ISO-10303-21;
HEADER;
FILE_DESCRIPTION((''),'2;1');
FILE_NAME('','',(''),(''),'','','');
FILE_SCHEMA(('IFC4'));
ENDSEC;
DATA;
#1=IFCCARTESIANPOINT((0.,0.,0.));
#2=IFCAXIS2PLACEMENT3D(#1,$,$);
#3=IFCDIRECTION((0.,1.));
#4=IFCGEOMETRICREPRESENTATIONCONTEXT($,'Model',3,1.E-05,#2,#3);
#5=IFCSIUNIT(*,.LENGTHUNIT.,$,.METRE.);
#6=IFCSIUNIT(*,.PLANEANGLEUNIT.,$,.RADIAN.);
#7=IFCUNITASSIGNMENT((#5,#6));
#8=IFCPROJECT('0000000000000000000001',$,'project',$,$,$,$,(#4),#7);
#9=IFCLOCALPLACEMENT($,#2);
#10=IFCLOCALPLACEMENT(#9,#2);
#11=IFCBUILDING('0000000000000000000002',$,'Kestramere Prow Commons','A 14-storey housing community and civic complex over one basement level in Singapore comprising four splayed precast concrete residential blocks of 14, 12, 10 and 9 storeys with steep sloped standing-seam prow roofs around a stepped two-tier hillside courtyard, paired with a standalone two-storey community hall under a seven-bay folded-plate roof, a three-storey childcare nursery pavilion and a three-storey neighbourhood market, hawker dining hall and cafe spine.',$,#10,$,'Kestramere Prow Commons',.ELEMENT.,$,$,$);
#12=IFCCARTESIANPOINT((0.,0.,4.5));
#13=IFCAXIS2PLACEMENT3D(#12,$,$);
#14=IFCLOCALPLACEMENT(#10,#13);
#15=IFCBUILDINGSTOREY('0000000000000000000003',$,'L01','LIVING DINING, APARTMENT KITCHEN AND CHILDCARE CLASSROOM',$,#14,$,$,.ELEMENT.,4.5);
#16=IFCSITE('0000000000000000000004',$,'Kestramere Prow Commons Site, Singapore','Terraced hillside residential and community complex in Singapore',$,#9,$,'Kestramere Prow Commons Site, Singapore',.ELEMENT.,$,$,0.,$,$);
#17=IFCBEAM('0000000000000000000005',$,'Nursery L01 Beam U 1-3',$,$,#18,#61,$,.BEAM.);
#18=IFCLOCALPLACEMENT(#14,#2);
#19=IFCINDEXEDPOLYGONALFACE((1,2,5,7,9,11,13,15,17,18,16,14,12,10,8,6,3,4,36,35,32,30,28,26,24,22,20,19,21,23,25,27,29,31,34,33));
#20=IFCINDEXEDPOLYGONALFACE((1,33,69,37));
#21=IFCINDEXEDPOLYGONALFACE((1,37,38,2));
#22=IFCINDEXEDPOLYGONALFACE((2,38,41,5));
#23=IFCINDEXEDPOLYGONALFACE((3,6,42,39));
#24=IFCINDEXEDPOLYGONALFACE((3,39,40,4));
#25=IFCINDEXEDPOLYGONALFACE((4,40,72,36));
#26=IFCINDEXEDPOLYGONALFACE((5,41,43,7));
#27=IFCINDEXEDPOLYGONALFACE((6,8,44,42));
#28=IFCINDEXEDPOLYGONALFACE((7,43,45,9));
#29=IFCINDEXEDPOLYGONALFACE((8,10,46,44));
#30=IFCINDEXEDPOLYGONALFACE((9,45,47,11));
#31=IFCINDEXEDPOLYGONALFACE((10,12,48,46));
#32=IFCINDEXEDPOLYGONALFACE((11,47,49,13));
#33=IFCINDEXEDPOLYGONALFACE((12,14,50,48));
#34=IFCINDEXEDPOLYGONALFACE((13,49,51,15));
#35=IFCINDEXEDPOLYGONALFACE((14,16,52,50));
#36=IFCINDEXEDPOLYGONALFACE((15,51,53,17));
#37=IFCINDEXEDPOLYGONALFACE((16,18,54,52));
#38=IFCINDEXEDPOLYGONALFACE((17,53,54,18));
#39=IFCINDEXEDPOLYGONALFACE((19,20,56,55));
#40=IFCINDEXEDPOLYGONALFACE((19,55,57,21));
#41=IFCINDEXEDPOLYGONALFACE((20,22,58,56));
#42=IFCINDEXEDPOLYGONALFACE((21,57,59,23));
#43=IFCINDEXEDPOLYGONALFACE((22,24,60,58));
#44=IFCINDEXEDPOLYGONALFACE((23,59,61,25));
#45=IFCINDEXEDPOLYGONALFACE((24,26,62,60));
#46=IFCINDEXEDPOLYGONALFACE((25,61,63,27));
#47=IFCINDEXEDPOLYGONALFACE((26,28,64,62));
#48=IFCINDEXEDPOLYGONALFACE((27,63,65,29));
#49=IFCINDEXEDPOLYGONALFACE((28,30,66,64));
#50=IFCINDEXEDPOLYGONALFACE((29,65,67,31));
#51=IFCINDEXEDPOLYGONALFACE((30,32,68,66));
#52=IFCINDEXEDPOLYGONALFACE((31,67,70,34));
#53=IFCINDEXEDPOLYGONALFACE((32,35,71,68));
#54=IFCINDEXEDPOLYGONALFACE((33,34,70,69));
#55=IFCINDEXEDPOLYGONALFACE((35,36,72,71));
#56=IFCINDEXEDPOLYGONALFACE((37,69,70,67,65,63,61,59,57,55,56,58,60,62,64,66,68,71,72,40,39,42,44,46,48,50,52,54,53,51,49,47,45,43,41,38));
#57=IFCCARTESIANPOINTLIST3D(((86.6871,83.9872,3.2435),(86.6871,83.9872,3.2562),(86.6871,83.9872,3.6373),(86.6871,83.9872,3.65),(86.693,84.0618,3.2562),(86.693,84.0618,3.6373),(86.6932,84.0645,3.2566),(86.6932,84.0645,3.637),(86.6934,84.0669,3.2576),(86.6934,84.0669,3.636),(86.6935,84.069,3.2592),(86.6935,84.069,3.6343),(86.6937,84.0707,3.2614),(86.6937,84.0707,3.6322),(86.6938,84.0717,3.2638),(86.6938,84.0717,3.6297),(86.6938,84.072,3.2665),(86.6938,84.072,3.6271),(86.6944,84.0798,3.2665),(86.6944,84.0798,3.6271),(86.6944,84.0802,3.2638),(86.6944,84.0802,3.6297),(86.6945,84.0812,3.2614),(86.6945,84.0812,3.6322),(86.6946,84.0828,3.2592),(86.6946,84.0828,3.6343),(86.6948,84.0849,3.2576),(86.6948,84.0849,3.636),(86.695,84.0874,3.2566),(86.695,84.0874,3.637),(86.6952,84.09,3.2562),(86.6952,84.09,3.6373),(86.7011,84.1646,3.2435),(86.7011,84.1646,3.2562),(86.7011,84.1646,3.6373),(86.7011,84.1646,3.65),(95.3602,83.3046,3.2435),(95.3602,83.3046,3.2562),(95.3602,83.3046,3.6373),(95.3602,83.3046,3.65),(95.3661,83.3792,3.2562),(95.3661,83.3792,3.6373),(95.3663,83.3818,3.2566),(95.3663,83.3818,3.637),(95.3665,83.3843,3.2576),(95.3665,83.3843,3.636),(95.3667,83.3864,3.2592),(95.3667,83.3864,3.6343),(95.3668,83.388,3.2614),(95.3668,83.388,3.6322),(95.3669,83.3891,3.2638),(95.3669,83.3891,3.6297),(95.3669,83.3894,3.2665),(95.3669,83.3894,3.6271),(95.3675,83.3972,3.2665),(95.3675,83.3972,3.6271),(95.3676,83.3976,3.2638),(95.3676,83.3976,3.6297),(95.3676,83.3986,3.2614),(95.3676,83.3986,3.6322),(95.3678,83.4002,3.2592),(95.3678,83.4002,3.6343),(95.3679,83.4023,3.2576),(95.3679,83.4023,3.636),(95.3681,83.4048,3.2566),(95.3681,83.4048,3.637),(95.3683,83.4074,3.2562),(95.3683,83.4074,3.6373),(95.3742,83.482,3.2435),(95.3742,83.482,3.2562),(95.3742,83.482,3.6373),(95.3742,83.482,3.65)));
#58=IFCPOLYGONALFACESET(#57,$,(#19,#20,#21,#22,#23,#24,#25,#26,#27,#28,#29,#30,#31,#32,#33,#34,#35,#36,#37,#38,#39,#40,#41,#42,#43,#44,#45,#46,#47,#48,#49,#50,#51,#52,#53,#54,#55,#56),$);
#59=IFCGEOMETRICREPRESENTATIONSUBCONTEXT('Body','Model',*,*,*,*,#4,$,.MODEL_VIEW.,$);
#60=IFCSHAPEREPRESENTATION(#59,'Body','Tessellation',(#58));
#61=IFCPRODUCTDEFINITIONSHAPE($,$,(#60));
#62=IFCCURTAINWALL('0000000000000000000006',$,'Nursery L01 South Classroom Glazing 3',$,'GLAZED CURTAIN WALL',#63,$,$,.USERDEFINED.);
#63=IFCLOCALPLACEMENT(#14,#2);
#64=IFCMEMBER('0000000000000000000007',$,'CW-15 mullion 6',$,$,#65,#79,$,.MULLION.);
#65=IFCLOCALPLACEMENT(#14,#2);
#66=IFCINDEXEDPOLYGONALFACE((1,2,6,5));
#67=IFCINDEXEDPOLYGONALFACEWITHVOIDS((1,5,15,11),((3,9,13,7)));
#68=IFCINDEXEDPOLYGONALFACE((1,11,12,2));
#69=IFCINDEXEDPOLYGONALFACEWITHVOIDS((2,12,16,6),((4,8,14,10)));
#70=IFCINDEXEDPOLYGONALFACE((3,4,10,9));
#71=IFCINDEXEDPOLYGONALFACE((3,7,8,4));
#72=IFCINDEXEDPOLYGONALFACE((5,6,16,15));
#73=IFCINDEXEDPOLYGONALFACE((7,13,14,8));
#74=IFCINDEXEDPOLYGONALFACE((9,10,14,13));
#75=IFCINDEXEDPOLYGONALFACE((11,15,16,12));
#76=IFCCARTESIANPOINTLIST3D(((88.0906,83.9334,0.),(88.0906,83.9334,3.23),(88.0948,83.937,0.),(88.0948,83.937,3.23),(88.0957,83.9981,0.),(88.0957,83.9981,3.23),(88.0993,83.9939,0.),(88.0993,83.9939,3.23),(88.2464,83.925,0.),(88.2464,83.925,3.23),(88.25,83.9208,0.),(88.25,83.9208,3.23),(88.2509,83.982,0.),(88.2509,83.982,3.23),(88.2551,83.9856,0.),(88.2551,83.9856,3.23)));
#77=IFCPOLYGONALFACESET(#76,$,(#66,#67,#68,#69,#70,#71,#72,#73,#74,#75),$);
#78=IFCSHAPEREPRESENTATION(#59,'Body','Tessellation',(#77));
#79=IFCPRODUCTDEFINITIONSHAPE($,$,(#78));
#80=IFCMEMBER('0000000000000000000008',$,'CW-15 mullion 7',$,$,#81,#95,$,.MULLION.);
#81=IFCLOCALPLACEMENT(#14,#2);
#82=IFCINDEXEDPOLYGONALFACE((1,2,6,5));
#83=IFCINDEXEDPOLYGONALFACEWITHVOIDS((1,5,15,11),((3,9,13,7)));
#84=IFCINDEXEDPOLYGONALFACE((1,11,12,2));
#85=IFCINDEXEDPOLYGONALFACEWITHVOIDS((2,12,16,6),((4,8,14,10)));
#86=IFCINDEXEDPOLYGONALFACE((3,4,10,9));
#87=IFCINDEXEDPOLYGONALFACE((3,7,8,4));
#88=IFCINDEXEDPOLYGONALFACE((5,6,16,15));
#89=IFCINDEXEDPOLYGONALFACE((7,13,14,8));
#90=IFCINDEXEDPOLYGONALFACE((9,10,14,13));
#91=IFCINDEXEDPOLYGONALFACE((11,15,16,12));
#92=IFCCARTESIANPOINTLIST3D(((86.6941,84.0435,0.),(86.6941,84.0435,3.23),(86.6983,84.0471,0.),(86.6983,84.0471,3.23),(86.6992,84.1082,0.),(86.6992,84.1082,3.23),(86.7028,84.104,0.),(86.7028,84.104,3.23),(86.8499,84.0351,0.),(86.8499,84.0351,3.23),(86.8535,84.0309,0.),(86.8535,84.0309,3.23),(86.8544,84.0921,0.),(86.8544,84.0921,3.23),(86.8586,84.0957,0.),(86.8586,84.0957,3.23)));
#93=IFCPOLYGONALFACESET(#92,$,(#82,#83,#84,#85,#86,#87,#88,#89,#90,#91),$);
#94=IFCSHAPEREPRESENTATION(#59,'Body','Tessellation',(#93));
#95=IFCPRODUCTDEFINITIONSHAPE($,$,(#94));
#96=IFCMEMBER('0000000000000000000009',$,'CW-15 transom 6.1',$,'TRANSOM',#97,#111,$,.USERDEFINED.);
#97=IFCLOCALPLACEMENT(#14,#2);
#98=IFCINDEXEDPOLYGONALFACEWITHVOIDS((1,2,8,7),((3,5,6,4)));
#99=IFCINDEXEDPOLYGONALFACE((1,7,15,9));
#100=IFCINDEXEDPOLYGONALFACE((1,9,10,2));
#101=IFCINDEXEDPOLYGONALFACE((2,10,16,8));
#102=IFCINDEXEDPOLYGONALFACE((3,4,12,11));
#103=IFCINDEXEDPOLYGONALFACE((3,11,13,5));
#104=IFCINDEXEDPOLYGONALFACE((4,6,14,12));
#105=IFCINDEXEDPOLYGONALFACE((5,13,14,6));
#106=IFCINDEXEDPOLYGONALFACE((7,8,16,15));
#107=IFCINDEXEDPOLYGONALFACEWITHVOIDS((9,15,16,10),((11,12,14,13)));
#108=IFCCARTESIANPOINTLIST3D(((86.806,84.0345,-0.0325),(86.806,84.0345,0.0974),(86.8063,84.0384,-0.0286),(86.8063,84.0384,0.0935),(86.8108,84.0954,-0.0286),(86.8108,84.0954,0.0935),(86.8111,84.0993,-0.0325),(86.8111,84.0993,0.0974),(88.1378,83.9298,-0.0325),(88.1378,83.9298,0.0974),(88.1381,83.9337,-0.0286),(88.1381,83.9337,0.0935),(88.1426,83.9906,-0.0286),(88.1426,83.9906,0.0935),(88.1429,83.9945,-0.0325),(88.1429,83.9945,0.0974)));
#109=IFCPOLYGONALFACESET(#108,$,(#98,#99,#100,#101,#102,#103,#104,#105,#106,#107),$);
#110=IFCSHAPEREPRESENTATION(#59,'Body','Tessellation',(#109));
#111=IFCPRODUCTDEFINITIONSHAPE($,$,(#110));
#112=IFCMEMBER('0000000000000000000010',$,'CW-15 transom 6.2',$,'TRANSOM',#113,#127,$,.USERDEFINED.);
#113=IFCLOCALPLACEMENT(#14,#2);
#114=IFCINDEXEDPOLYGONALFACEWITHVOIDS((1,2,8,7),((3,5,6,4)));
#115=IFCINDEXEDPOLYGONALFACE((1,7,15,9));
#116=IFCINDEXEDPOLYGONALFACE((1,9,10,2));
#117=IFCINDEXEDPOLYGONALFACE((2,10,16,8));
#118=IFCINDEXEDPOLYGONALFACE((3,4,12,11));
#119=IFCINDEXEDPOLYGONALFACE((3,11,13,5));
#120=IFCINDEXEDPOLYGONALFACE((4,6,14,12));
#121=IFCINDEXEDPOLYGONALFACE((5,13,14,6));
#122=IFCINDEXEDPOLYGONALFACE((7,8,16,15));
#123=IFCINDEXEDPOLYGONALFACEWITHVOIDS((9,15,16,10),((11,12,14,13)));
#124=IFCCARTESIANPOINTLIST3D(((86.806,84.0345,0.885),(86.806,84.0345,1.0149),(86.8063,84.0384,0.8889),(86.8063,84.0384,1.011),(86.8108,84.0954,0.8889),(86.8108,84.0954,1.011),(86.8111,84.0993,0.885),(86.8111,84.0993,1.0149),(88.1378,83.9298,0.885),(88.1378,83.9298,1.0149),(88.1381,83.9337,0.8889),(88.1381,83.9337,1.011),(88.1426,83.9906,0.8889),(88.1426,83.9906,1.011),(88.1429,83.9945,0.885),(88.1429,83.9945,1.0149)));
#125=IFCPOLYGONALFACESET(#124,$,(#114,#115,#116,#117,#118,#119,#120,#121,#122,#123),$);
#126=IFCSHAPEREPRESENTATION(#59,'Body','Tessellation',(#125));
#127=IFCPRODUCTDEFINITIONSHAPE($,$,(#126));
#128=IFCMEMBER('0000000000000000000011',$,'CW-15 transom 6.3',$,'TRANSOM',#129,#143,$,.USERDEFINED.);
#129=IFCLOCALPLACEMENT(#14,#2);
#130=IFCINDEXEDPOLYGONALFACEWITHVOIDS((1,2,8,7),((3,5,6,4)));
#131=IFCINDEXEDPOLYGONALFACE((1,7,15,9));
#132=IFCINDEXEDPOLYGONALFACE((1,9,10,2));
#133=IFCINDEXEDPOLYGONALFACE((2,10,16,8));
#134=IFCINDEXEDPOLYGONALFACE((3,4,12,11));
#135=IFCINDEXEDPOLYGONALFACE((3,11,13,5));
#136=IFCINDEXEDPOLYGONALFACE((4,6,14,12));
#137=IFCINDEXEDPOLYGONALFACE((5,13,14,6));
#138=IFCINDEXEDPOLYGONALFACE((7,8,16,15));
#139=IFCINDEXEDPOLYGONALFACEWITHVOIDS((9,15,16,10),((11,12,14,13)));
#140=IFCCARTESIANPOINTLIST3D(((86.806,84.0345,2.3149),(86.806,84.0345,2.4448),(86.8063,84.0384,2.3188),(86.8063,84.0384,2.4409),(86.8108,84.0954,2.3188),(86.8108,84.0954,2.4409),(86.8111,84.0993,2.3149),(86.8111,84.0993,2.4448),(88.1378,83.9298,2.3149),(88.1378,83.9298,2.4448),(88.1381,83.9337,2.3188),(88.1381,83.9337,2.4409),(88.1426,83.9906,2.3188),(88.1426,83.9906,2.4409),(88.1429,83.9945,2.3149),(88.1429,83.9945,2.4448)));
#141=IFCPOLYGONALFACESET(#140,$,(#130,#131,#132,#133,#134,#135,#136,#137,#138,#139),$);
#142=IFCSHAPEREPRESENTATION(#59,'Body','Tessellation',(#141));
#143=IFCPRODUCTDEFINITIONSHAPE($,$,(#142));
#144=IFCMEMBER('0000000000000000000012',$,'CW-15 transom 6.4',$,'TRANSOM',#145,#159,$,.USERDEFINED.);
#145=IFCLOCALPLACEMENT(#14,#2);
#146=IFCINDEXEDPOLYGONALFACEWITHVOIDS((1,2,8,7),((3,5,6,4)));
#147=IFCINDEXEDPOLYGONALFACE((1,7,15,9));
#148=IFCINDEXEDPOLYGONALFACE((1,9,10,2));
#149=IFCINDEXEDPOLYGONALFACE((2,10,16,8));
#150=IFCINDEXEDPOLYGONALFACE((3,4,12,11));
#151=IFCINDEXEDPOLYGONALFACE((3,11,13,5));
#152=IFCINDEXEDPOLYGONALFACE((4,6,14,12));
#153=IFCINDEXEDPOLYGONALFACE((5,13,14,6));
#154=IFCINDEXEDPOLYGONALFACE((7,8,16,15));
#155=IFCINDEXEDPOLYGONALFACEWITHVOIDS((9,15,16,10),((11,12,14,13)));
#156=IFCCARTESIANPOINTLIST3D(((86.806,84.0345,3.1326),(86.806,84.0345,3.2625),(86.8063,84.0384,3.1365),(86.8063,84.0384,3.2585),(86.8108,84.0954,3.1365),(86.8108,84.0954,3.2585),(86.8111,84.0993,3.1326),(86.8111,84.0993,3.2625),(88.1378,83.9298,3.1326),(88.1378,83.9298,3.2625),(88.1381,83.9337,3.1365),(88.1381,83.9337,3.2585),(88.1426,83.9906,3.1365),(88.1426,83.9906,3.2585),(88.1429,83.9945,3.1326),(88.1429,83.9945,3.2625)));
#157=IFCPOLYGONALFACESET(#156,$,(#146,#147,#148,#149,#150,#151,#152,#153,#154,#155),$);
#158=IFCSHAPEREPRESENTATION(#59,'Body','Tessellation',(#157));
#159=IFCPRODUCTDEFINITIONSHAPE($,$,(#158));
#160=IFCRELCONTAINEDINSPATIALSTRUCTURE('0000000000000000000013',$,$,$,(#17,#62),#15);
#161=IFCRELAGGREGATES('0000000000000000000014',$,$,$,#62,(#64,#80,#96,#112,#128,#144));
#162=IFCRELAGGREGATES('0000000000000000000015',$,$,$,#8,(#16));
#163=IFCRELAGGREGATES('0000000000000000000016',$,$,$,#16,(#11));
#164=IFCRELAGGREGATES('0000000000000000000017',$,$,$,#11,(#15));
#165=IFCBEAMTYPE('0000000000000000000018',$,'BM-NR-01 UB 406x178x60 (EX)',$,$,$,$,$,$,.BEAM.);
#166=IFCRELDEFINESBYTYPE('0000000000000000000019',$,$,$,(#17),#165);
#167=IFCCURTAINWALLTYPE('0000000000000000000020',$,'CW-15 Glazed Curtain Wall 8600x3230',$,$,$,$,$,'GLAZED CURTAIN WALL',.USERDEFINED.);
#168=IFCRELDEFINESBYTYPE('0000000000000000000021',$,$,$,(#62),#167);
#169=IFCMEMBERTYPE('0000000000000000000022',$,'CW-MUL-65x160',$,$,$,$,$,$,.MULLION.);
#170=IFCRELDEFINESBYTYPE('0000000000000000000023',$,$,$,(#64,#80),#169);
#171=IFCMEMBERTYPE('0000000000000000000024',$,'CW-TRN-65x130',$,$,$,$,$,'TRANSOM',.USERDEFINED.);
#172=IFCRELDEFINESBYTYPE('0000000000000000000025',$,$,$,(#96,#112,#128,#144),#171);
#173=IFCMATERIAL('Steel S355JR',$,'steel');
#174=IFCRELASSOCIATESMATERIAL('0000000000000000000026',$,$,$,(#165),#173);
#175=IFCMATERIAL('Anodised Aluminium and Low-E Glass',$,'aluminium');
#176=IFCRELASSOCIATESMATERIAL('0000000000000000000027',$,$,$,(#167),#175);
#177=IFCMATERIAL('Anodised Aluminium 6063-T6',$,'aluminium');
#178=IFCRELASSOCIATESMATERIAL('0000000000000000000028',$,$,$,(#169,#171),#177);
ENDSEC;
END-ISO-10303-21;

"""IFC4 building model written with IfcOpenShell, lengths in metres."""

from ifc_helpers import new_model, si_unit, direction, frame, origin, origin_2d, place, context, subcontext, project, spatial, hollow_rectangle, i_section, extrude, material, material_profile, profile_set, type_object, element, aggregate, save


model = new_model("IFC4")

# Units and contexts
model_context = context("Model", 3, precision=1e-05, world=origin(), true_north=direction((0.0, 1.0)))
body_context = subcontext(model_context, "Body", "Model", "MODEL_VIEW")
ifc_project = project(units=[si_unit("LENGTHUNIT", "METRE"), si_unit("PLANEANGLEUNIT", "RADIAN")], contexts=[model_context])

# Site, building, storey
site_placement = place(None, origin())
site = spatial("IfcSite", under=ifc_project, at=site_placement, Name="Kestramere Prow Commons Site, Singapore", Description="Terraced hillside residential and community complex in Singapore", LongName="Kestramere Prow Commons Site, Singapore", CompositionType="ELEMENT", RefElevation=0.0)
building_placement = place(site_placement, origin())
building = spatial("IfcBuilding", under=site, at=building_placement, Name="Kestramere Prow Commons", Description="A 14-storey housing community and civic complex over one basement level in Singapore comprising four splayed precast concrete residential blocks of 14, 12, 10 and 9 storeys with steep sloped standing-seam prow roofs around a stepped two-tier hillside courtyard, paired with a standalone two-storey community hall under a seven-bay folded-plate roof, a three-storey childcare nursery pavilion and a three-storey neighbourhood market, hawker dining hall and cafe spine.", LongName="Kestramere Prow Commons", CompositionType="ELEMENT")
storey_placement = place(building_placement, frame((0.0, 0.0, 4.5)))
storey = spatial("IfcBuildingStorey", under=building, at=storey_placement, Name="L01", Description="LIVING DINING, APARTMENT KITCHEN AND CHILDCARE CLASSROOM", CompositionType="ELEMENT", Elevation=4.5)

# Shared definitions
ifc_material_1 = material(Name="Steel S355JR", Category="steel")

# Beam
ifc_material_profile_1 = material_profile(ifc_material_1, i_section(OverallWidth=0.178, OverallDepth=0.4065, WebThickness=0.0078, FlangeThickness=0.0127, FilletRadius=0.0103, at=origin_2d()), Name="UB 406x178x60")
ifc_profile_set_1 = profile_set([ifc_material_profile_1], Name="Steel S355JR")
beam_type_1 = type_object("IfcBeamType", Name="BM-NR-01 UB 406x178x60 (EX)", PredefinedType="BEAM", material=ifc_profile_set_1)
beam_1_placement = place(storey_placement, frame((86.6941, 84.0759, 3.4468), z_axis=(0.996917, -0.078462, 0.0), x_axis=(0.078462, 0.996917, 0.0)))
element("IfcBeam", 1, at=beam_1_placement, inside=storey, type_object=beam_type_1, Name="Nursery L01 Beam U 1-3", PredefinedType="BEAM", context=body_context, shape_type="SweptSolid", body=[
    extrude(i_section(OverallWidth=0.178, OverallDepth=0.4065, WebThickness=0.0078, FlangeThickness=0.0127, FilletRadius=0.0103, at=origin_2d()), origin(), (0.0, 0.0, 1.0), 8.7),
])

# Curtain wall, members
ifc_material_2 = material(Name="Anodised Aluminium and Low-E Glass", Category="aluminium")
curtain_wall_type = type_object("IfcCurtainWallType", Name="CW-15 Glazed Curtain Wall 8600x3230", ElementType="GLAZED CURTAIN WALL", PredefinedType="USERDEFINED", material=ifc_material_2)
curtain_wall_placement = place(storey_placement, origin())
curtain_wall = element("IfcCurtainWall", 2, at=curtain_wall_placement, inside=storey, type_object=curtain_wall_type, Name="Nursery L01 South Classroom Glazing 3", ObjectType="GLAZED CURTAIN WALL", PredefinedType="USERDEFINED")
ifc_material_3 = material(Name="Anodised Aluminium 6063-T6", Category="aluminium")
ifc_material_profile_2 = material_profile(ifc_material_3, hollow_rectangle(XDim=0.0649, YDim=0.1599, WallThickness=0.0039, at=origin_2d()), Name="ALU-MUL 65x160")
ifc_profile_set_2 = profile_set([ifc_material_profile_2], Name="Anodised Aluminium 6063-T6")
member_type_1 = type_object("IfcMemberType", Name="CW-MUL-65x160", PredefinedType="MULLION", material=ifc_profile_set_2)
member_1_placement = place(storey_placement, frame((88.1729, 83.9595, 0.0), z_axis=(0.0, 0.0, 1.0), x_axis=(-0.078459, -0.996917, 0.0)))
member_1 = element("IfcMember", 3, at=member_1_placement, type_object=member_type_1, Name="CW-15 mullion 6", PredefinedType="MULLION", context=body_context, shape_type="SweptSolid", body=[
    extrude(hollow_rectangle(XDim=0.0649, YDim=0.1599, WallThickness=0.0039, at=origin_2d()), origin(), (0.0, 0.0, 1.0), 3.23),
])
member_2_placement = place(storey_placement, frame((86.7764, 84.0696, 0.0), z_axis=(0.0, 0.0, 1.0), x_axis=(-0.078459, -0.996917, 0.0)))
member_2 = element("IfcMember", 4, at=member_2_placement, type_object=member_type_1, Name="CW-15 mullion 7", PredefinedType="MULLION", context=body_context, shape_type="SweptSolid", body=[
    extrude(hollow_rectangle(XDim=0.0649, YDim=0.1599, WallThickness=0.0039, at=origin_2d()), origin(), (0.0, 0.0, 1.0), 3.23),
])
ifc_material_profile_3 = material_profile(ifc_material_3, hollow_rectangle(XDim=0.0649, YDim=0.1299, WallThickness=0.0039, at=origin_2d()), Name="ALU-TRN 65x130")
ifc_profile_set_3 = profile_set([ifc_material_profile_3], Name="Anodised Aluminium 6063-T6")
member_type_2 = type_object("IfcMemberType", Name="CW-TRN-65x130", ElementType="TRANSOM", PredefinedType="USERDEFINED", material=ifc_profile_set_3)
member_3_placement = place(storey_placement, frame((88.1404, 83.9622, 0.0325), z_axis=(-0.996922, 0.078401, 0.0), x_axis=(-0.078401, -0.996922, 0.0)))
member_3 = element("IfcMember", 5, at=member_3_placement, type_object=member_type_2, Name="CW-15 transom 6.1", ObjectType="TRANSOM", PredefinedType="USERDEFINED", context=body_context, shape_type="SweptSolid", body=[
    extrude(hollow_rectangle(XDim=0.0649, YDim=0.1299, WallThickness=0.0039, at=origin_2d()), origin(), (0.0, 0.0, 1.0), 1.3359),
])
member_4_placement = place(storey_placement, frame((88.1404, 83.9622, 0.95), z_axis=(-0.996922, 0.078401, 0.0), x_axis=(-0.078401, -0.996922, 0.0)))
member_4 = element("IfcMember", 6, at=member_4_placement, type_object=member_type_2, Name="CW-15 transom 6.2", ObjectType="TRANSOM", PredefinedType="USERDEFINED", context=body_context, shape_type="SweptSolid", body=[
    extrude(hollow_rectangle(XDim=0.0649, YDim=0.1299, WallThickness=0.0039, at=origin_2d()), origin(), (0.0, 0.0, 1.0), 1.3359),
])
member_5_placement = place(storey_placement, frame((88.1404, 83.9622, 2.3799), z_axis=(-0.996922, 0.078401, 0.0), x_axis=(-0.078401, -0.996922, 0.0)))
member_5 = element("IfcMember", 7, at=member_5_placement, type_object=member_type_2, Name="CW-15 transom 6.3", ObjectType="TRANSOM", PredefinedType="USERDEFINED", context=body_context, shape_type="SweptSolid", body=[
    extrude(hollow_rectangle(XDim=0.0649, YDim=0.1299, WallThickness=0.0039, at=origin_2d()), origin(), (0.0, 0.0, 1.0), 1.3359),
])
member_6_placement = place(storey_placement, frame((88.1404, 83.9622, 3.1975), z_axis=(-0.996922, 0.078401, 0.0), x_axis=(-0.078401, -0.996922, 0.0)))
member_6 = element("IfcMember", 8, at=member_6_placement, type_object=member_type_2, Name="CW-15 transom 6.4", ObjectType="TRANSOM", PredefinedType="USERDEFINED", context=body_context, shape_type="SweptSolid", body=[
    extrude(hollow_rectangle(XDim=0.0649, YDim=0.1299, WallThickness=0.0039, at=origin_2d()), origin(), (0.0, 0.0, 1.0), 1.3359),
])

aggregate(curtain_wall, [member_1, member_2, member_3, member_4, member_5, member_6])

save(model, "model.ifc")
